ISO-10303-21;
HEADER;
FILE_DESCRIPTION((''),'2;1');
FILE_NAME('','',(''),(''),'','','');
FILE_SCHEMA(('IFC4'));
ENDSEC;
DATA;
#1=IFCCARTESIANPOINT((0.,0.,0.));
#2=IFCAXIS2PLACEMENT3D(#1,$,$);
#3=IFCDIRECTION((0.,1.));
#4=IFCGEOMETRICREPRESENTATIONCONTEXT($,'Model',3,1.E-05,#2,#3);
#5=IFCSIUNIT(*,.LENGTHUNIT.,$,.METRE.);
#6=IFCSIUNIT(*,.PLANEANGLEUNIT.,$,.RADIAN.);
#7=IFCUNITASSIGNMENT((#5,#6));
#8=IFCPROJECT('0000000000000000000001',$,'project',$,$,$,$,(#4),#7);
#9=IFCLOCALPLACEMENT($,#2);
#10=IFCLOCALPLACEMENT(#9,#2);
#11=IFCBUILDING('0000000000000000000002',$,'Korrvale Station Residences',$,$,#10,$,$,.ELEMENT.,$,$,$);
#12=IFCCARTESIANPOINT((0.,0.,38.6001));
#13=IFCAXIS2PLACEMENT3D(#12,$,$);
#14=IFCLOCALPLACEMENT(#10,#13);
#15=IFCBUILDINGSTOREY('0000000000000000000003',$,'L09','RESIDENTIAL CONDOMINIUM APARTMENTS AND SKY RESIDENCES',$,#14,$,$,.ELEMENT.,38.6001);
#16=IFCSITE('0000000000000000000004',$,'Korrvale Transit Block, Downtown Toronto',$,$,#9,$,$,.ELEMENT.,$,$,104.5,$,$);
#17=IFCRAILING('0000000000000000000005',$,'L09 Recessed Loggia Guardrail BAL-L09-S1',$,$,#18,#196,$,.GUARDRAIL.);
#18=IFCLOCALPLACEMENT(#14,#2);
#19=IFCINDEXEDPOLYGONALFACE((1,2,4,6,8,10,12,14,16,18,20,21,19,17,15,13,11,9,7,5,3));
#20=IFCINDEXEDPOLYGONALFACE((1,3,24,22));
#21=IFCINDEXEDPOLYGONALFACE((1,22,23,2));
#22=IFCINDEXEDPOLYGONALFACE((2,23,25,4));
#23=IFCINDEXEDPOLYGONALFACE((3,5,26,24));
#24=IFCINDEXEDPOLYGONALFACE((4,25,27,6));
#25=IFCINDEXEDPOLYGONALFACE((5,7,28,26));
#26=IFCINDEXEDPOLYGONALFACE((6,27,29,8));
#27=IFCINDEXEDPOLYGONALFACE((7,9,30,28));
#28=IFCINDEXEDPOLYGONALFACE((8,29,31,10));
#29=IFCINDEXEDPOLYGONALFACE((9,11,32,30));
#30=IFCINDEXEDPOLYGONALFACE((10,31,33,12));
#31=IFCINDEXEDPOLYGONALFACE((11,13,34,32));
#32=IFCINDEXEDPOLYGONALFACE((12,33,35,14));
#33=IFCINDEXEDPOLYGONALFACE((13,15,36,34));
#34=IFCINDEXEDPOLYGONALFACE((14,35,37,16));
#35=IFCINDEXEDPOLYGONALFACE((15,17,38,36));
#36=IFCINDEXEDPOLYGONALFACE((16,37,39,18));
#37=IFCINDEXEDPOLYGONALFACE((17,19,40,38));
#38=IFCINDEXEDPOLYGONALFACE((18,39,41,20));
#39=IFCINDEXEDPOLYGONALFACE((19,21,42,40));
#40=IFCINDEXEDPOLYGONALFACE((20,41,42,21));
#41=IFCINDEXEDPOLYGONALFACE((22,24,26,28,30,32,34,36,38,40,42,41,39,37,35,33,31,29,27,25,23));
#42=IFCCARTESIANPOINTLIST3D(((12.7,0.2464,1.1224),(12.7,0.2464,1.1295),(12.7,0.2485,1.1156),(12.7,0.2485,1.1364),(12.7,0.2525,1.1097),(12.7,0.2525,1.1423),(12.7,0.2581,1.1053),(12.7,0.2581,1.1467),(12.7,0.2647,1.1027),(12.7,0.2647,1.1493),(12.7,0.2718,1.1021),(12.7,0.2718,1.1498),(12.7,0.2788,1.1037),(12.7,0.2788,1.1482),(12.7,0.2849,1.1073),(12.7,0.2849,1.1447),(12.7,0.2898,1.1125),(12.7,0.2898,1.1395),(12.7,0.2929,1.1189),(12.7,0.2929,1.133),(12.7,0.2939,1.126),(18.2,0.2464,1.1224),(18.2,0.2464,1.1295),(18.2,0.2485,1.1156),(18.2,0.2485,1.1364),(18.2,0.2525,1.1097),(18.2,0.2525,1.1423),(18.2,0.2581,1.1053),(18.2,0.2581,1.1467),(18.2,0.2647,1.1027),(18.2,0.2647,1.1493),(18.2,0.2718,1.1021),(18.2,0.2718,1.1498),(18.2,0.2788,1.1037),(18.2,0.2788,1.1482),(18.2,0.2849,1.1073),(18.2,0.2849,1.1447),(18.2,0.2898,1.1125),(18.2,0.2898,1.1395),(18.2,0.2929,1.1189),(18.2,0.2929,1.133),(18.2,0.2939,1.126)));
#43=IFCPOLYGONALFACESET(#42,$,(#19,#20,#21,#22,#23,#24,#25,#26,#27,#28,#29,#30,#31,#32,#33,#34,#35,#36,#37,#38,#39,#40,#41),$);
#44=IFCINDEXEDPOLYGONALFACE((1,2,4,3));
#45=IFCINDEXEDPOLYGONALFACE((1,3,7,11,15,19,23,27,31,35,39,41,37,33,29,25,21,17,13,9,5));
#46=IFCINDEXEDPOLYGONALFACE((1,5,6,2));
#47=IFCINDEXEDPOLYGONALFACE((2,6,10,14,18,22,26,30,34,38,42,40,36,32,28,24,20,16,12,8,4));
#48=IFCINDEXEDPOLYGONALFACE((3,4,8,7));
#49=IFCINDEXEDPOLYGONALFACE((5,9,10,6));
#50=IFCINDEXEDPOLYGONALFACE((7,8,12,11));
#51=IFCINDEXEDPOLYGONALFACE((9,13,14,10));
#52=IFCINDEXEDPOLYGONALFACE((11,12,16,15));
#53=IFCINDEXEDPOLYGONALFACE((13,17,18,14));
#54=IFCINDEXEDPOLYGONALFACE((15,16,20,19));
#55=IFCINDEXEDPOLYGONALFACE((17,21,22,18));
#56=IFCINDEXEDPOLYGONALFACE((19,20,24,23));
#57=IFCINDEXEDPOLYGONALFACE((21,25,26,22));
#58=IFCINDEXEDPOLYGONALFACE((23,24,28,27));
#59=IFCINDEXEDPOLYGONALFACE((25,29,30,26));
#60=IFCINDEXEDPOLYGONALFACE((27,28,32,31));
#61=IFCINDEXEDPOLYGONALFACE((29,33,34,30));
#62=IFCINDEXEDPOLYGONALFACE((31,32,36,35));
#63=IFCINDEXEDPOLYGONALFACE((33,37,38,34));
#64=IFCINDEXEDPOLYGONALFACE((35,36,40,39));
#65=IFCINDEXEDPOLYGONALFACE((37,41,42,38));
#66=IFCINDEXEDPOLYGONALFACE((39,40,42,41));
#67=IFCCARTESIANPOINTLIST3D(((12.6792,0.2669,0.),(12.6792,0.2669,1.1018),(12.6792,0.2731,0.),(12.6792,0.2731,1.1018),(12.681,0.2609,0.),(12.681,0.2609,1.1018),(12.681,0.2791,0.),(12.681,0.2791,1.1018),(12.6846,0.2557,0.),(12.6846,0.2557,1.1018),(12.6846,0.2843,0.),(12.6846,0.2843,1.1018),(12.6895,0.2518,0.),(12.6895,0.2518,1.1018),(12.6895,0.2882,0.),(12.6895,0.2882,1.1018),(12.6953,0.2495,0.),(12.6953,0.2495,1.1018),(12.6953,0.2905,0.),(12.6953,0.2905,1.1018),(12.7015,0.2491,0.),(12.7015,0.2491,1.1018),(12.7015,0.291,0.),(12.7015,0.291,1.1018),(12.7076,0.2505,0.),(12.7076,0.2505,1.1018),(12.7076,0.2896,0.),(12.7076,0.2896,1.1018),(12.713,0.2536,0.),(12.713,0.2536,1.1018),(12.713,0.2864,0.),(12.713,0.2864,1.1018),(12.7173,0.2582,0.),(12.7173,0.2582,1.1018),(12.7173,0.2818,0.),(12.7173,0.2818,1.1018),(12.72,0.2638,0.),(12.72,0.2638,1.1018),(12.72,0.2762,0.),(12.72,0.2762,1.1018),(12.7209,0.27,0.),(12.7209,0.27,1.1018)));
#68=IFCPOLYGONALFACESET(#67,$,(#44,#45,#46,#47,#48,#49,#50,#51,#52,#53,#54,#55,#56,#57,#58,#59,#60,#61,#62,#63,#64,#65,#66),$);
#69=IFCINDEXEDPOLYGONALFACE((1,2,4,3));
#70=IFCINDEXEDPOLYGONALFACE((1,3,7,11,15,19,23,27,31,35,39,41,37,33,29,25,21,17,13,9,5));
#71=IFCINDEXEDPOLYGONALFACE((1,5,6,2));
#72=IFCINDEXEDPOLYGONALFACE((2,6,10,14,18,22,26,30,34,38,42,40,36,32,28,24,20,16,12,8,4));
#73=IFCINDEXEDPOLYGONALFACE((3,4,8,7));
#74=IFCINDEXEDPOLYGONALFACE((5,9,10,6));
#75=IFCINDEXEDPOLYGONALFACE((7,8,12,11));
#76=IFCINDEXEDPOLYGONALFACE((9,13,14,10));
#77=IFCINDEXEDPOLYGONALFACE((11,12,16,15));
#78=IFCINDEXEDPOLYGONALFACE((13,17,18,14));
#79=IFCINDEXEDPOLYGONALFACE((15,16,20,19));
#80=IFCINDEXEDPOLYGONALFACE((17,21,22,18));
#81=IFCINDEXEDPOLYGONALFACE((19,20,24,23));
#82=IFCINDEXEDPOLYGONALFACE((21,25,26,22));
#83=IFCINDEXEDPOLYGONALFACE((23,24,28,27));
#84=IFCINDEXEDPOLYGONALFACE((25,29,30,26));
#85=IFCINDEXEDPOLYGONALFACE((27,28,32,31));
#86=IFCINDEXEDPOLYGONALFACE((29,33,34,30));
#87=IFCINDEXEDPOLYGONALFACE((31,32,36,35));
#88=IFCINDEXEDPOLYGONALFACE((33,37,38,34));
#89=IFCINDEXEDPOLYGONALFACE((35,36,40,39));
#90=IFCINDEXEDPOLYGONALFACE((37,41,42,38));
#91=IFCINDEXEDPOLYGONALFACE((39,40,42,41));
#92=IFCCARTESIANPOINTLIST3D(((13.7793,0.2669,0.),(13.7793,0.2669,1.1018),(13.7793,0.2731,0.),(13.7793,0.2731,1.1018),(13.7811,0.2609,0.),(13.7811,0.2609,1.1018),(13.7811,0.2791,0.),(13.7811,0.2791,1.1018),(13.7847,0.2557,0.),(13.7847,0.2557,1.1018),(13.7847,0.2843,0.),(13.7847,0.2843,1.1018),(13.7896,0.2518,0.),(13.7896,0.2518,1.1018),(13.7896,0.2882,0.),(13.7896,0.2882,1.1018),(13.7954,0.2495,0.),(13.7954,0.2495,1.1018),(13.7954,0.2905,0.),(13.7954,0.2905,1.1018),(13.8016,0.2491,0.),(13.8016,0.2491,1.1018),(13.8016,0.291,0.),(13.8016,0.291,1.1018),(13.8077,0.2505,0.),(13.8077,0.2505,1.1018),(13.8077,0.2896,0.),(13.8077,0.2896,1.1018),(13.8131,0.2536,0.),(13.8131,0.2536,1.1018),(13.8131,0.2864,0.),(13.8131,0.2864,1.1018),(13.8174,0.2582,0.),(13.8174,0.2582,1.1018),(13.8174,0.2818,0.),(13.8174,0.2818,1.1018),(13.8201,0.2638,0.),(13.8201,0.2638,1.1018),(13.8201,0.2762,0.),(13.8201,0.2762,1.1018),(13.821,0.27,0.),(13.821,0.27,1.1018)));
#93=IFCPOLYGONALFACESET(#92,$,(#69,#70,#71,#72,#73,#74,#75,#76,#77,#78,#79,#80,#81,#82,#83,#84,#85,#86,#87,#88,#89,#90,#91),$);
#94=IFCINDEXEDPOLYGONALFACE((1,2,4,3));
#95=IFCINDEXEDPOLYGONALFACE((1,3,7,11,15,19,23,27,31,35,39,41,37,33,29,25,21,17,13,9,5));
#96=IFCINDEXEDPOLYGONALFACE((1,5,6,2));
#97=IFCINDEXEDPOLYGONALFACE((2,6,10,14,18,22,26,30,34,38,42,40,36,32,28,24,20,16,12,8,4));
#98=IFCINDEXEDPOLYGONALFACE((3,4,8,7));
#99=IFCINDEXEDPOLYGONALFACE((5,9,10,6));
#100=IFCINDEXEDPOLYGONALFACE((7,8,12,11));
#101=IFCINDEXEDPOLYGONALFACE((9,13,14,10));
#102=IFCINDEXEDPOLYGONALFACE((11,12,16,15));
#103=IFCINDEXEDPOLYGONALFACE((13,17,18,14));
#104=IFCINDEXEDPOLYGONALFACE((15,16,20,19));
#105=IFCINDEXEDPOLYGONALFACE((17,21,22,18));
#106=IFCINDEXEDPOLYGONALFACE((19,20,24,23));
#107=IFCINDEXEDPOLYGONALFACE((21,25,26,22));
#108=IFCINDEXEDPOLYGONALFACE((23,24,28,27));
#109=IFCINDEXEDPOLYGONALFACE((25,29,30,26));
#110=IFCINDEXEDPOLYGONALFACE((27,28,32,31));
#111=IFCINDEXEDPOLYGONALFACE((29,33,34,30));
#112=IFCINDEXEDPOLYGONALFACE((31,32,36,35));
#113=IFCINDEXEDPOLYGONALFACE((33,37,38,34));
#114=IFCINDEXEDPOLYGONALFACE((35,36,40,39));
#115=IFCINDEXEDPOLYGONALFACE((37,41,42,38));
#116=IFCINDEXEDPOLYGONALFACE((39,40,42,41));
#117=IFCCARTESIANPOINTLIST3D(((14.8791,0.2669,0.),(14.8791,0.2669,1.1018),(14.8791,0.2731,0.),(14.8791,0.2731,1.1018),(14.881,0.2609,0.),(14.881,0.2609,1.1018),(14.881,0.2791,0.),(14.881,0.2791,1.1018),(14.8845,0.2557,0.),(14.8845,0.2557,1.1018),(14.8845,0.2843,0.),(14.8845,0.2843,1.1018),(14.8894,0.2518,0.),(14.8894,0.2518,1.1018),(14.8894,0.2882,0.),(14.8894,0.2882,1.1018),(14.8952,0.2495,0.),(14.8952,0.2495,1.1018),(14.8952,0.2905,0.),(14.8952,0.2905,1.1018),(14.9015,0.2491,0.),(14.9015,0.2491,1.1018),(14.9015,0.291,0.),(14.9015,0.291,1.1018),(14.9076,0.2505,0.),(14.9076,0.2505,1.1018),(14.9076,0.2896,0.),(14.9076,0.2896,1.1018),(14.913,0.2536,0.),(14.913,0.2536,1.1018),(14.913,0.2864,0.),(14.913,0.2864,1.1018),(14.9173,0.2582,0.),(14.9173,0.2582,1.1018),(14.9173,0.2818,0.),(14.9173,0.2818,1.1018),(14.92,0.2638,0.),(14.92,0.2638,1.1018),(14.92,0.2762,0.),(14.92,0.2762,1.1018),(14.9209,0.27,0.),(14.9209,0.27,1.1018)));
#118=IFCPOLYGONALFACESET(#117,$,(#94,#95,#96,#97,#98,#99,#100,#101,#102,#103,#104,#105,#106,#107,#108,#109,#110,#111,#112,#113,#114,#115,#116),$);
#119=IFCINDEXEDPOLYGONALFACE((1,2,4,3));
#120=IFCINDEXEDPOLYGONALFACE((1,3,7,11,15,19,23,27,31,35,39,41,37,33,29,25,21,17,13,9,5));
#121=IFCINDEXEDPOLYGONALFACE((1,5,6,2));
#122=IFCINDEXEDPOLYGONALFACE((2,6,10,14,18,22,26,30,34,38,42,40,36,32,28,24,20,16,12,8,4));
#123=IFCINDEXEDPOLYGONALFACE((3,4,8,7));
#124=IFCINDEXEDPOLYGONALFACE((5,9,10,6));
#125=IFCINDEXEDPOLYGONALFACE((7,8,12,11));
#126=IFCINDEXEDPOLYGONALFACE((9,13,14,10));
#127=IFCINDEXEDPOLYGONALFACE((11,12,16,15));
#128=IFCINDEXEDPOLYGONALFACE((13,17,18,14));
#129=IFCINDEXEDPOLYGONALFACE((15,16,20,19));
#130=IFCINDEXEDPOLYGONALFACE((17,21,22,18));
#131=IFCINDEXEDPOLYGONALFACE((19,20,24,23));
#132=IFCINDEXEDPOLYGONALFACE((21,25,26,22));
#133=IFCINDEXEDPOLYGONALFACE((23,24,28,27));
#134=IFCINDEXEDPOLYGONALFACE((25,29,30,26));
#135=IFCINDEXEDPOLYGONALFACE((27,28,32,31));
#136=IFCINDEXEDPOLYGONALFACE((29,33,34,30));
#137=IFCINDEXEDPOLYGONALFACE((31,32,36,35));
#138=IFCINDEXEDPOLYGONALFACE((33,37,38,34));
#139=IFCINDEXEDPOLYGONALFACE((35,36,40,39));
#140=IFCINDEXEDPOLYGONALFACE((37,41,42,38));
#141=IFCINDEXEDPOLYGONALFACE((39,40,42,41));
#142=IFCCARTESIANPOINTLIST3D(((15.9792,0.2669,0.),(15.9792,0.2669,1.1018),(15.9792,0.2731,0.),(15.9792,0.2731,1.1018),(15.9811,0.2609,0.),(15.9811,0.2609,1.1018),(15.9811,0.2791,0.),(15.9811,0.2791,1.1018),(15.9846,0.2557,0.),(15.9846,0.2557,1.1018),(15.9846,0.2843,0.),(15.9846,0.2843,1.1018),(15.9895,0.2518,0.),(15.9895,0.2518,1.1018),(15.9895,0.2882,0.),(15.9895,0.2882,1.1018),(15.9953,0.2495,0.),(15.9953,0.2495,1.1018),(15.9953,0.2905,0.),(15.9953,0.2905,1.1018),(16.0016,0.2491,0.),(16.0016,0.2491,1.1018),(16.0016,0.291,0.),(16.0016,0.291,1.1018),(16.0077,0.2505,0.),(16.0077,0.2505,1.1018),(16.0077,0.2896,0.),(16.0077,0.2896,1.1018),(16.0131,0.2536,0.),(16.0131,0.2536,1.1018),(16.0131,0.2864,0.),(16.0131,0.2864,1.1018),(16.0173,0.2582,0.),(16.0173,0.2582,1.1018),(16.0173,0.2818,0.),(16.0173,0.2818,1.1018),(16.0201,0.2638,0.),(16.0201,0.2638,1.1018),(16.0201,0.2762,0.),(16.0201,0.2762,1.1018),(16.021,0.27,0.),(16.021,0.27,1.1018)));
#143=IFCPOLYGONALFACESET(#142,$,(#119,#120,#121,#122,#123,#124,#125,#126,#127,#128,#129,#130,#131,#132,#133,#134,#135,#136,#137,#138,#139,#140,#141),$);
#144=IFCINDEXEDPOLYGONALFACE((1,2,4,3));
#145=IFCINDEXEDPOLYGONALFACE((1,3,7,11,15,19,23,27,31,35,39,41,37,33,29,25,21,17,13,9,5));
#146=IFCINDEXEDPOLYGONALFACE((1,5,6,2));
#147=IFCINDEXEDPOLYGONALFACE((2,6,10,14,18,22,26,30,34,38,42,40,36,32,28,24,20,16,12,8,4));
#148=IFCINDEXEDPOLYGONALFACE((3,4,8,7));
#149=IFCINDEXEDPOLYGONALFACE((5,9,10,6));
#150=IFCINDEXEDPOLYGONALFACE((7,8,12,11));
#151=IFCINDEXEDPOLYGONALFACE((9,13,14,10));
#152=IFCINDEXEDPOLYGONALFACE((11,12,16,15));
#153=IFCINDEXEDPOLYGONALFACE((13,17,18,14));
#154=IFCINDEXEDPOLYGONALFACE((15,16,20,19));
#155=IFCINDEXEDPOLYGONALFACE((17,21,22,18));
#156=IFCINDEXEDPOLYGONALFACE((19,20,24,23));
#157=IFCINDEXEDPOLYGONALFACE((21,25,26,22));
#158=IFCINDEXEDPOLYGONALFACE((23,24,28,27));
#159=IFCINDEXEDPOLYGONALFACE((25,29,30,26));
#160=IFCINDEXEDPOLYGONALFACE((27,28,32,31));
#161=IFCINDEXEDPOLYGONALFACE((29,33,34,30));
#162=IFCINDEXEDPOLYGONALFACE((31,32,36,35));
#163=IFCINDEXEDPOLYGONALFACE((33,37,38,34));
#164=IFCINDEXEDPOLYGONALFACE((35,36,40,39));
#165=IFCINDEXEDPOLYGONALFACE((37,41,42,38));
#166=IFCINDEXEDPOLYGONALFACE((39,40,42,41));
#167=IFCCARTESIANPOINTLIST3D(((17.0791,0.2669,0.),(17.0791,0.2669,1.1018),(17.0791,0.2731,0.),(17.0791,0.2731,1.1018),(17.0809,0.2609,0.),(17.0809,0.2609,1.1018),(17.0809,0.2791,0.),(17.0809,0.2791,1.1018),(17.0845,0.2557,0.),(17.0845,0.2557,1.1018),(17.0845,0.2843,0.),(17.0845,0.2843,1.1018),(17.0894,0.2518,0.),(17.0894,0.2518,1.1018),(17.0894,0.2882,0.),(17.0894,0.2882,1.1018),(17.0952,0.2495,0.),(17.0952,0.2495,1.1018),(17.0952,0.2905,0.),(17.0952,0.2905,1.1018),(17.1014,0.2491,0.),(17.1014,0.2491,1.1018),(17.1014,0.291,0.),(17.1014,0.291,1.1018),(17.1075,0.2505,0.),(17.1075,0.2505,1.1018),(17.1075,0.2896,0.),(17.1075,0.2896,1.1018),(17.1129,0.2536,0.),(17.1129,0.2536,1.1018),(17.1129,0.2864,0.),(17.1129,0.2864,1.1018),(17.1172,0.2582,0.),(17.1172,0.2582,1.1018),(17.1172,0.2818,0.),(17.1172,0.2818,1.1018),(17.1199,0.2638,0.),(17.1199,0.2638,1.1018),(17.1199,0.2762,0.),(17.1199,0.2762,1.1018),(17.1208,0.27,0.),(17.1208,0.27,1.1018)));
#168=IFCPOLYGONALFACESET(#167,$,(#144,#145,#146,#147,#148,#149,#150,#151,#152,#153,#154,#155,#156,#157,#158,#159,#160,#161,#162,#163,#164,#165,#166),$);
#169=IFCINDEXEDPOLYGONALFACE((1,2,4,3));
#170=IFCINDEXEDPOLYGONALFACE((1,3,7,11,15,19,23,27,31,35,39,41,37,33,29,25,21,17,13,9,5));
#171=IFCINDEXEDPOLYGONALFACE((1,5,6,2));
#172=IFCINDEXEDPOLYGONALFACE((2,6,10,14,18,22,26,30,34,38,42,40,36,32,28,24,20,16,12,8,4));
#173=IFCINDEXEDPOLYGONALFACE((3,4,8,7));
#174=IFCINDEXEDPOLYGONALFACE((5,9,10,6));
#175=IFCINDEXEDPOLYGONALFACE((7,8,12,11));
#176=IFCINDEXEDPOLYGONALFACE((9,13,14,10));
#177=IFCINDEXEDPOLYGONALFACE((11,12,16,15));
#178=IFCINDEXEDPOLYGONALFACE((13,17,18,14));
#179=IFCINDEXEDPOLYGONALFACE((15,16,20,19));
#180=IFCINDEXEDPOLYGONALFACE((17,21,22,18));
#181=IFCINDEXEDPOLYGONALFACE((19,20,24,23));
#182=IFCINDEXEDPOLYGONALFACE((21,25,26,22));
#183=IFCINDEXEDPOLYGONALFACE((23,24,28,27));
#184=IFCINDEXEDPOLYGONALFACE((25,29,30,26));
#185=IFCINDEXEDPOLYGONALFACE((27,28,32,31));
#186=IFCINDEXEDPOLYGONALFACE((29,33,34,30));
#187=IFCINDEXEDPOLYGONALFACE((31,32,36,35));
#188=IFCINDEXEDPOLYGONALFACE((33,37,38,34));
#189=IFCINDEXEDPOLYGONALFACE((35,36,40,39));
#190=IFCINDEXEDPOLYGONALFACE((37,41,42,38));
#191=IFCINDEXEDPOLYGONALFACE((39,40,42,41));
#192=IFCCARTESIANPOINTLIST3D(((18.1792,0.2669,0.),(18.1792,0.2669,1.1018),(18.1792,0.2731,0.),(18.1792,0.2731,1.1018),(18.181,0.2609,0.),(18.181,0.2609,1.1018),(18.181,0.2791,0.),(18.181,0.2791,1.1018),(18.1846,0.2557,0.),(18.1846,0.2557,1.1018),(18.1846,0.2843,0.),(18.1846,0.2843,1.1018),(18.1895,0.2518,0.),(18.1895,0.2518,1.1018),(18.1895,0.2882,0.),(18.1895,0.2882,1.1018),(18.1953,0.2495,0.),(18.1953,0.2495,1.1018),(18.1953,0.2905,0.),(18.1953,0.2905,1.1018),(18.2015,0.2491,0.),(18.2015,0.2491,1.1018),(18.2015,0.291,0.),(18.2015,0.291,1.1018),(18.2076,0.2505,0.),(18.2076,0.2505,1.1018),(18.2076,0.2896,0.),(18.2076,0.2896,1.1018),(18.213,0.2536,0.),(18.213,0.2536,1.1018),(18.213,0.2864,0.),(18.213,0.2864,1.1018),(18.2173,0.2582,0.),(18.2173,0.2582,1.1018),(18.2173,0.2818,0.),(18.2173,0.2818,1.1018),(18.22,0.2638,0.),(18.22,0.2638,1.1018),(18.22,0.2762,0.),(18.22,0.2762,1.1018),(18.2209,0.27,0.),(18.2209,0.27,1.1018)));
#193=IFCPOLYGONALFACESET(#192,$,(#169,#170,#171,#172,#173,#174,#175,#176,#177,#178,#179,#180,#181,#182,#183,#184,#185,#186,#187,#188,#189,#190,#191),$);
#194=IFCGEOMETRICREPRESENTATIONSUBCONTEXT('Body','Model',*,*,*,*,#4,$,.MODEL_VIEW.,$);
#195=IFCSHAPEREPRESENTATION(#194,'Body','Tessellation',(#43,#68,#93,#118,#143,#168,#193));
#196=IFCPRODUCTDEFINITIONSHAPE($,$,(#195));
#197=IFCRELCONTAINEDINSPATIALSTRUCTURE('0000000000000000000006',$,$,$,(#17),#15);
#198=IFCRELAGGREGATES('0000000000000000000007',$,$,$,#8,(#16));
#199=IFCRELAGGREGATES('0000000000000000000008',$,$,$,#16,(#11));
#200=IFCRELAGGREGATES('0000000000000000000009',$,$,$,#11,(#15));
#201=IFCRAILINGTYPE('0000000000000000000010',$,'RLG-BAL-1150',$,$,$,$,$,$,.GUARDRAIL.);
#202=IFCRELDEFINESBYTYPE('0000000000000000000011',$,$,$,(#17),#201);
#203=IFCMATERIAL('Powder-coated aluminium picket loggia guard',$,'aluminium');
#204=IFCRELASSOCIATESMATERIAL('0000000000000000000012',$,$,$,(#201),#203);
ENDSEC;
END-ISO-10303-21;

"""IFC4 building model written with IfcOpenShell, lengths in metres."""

from ifc_helpers import new_model, si_unit, direction, frame, origin, origin_2d, place, context, subcontext, project, spatial, circle, extrude, material, type_object, element, save


model = new_model("IFC4")

# Units and contexts
model_context = context("Model", 3, precision=1e-05, world=origin(), true_north=direction((0.0, 1.0)))
body_context = subcontext(model_context, "Body", "Model", "MODEL_VIEW")
ifc_project = project(units=[si_unit("LENGTHUNIT", "METRE"), si_unit("PLANEANGLEUNIT", "RADIAN")], contexts=[model_context])

# Site, building, storey
site_placement = place(None, origin())
site = spatial("IfcSite", under=ifc_project, at=site_placement, Name="Korrvale Transit Block, Downtown Toronto", CompositionType="ELEMENT", RefElevation=104.5)
building_placement = place(site_placement, origin())
building = spatial("IfcBuilding", under=site, at=building_placement, Name="Korrvale Station Residences", CompositionType="ELEMENT")
storey_placement = place(building_placement, frame((0.0, 0.0, 38.6001)))
storey = spatial("IfcBuildingStorey", under=building, at=storey_placement, Name="L09", Description="RESIDENTIAL CONDOMINIUM APARTMENTS AND SKY RESIDENCES", CompositionType="ELEMENT", Elevation=38.6001)

# Railing
ifc_material_1 = material(Name="Powder-coated aluminium picket loggia guard", Category="aluminium")
railing_type = type_object("IfcRailingType", Name="RLG-BAL-1150", PredefinedType="GUARDRAIL", material=ifc_material_1)
railing_placement = place(storey_placement, frame((12.7, 0.27, 0.0)))
element("IfcRailing", 1, at=railing_placement, inside=storey, type_object=railing_type, Name="L09 Recessed Loggia Guardrail BAL-L09-S1", PredefinedType="GUARDRAIL", context=body_context, shape_type="SweptSolid", body=[
    extrude(circle(Radius=0.0239, at=origin_2d()), frame((0.0, 0.0, 1.126), z_axis=(1.0, 0.0, 0.0), x_axis=(0.0, 1.0, 0.0)), (0.0, 0.0, 1.0), 5.5),
    extrude(circle(Radius=0.021, at=origin_2d()), origin(), (0.0, 0.0, 1.0), 1.1018),
    extrude(circle(Radius=0.021, at=origin_2d()), frame((1.1001, 0.0, 0.0)), (0.0, 0.0, 1.0), 1.1018),
    extrude(circle(Radius=0.021, at=origin_2d()), frame((2.2, 0.0, 0.0)), (0.0, 0.0, 1.0), 1.1018),
    extrude(circle(Radius=0.021, at=origin_2d()), frame((3.3, 0.0, 0.0)), (0.0, 0.0, 1.0), 1.1018),
    extrude(circle(Radius=0.021, at=origin_2d()), frame((4.3999, 0.0, 0.0)), (0.0, 0.0, 1.0), 1.1018),
    extrude(circle(Radius=0.021, at=origin_2d()), frame((5.5, 0.0, 0.0)), (0.0, 0.0, 1.0), 1.1018),
])

save(model, "model.ifc")
